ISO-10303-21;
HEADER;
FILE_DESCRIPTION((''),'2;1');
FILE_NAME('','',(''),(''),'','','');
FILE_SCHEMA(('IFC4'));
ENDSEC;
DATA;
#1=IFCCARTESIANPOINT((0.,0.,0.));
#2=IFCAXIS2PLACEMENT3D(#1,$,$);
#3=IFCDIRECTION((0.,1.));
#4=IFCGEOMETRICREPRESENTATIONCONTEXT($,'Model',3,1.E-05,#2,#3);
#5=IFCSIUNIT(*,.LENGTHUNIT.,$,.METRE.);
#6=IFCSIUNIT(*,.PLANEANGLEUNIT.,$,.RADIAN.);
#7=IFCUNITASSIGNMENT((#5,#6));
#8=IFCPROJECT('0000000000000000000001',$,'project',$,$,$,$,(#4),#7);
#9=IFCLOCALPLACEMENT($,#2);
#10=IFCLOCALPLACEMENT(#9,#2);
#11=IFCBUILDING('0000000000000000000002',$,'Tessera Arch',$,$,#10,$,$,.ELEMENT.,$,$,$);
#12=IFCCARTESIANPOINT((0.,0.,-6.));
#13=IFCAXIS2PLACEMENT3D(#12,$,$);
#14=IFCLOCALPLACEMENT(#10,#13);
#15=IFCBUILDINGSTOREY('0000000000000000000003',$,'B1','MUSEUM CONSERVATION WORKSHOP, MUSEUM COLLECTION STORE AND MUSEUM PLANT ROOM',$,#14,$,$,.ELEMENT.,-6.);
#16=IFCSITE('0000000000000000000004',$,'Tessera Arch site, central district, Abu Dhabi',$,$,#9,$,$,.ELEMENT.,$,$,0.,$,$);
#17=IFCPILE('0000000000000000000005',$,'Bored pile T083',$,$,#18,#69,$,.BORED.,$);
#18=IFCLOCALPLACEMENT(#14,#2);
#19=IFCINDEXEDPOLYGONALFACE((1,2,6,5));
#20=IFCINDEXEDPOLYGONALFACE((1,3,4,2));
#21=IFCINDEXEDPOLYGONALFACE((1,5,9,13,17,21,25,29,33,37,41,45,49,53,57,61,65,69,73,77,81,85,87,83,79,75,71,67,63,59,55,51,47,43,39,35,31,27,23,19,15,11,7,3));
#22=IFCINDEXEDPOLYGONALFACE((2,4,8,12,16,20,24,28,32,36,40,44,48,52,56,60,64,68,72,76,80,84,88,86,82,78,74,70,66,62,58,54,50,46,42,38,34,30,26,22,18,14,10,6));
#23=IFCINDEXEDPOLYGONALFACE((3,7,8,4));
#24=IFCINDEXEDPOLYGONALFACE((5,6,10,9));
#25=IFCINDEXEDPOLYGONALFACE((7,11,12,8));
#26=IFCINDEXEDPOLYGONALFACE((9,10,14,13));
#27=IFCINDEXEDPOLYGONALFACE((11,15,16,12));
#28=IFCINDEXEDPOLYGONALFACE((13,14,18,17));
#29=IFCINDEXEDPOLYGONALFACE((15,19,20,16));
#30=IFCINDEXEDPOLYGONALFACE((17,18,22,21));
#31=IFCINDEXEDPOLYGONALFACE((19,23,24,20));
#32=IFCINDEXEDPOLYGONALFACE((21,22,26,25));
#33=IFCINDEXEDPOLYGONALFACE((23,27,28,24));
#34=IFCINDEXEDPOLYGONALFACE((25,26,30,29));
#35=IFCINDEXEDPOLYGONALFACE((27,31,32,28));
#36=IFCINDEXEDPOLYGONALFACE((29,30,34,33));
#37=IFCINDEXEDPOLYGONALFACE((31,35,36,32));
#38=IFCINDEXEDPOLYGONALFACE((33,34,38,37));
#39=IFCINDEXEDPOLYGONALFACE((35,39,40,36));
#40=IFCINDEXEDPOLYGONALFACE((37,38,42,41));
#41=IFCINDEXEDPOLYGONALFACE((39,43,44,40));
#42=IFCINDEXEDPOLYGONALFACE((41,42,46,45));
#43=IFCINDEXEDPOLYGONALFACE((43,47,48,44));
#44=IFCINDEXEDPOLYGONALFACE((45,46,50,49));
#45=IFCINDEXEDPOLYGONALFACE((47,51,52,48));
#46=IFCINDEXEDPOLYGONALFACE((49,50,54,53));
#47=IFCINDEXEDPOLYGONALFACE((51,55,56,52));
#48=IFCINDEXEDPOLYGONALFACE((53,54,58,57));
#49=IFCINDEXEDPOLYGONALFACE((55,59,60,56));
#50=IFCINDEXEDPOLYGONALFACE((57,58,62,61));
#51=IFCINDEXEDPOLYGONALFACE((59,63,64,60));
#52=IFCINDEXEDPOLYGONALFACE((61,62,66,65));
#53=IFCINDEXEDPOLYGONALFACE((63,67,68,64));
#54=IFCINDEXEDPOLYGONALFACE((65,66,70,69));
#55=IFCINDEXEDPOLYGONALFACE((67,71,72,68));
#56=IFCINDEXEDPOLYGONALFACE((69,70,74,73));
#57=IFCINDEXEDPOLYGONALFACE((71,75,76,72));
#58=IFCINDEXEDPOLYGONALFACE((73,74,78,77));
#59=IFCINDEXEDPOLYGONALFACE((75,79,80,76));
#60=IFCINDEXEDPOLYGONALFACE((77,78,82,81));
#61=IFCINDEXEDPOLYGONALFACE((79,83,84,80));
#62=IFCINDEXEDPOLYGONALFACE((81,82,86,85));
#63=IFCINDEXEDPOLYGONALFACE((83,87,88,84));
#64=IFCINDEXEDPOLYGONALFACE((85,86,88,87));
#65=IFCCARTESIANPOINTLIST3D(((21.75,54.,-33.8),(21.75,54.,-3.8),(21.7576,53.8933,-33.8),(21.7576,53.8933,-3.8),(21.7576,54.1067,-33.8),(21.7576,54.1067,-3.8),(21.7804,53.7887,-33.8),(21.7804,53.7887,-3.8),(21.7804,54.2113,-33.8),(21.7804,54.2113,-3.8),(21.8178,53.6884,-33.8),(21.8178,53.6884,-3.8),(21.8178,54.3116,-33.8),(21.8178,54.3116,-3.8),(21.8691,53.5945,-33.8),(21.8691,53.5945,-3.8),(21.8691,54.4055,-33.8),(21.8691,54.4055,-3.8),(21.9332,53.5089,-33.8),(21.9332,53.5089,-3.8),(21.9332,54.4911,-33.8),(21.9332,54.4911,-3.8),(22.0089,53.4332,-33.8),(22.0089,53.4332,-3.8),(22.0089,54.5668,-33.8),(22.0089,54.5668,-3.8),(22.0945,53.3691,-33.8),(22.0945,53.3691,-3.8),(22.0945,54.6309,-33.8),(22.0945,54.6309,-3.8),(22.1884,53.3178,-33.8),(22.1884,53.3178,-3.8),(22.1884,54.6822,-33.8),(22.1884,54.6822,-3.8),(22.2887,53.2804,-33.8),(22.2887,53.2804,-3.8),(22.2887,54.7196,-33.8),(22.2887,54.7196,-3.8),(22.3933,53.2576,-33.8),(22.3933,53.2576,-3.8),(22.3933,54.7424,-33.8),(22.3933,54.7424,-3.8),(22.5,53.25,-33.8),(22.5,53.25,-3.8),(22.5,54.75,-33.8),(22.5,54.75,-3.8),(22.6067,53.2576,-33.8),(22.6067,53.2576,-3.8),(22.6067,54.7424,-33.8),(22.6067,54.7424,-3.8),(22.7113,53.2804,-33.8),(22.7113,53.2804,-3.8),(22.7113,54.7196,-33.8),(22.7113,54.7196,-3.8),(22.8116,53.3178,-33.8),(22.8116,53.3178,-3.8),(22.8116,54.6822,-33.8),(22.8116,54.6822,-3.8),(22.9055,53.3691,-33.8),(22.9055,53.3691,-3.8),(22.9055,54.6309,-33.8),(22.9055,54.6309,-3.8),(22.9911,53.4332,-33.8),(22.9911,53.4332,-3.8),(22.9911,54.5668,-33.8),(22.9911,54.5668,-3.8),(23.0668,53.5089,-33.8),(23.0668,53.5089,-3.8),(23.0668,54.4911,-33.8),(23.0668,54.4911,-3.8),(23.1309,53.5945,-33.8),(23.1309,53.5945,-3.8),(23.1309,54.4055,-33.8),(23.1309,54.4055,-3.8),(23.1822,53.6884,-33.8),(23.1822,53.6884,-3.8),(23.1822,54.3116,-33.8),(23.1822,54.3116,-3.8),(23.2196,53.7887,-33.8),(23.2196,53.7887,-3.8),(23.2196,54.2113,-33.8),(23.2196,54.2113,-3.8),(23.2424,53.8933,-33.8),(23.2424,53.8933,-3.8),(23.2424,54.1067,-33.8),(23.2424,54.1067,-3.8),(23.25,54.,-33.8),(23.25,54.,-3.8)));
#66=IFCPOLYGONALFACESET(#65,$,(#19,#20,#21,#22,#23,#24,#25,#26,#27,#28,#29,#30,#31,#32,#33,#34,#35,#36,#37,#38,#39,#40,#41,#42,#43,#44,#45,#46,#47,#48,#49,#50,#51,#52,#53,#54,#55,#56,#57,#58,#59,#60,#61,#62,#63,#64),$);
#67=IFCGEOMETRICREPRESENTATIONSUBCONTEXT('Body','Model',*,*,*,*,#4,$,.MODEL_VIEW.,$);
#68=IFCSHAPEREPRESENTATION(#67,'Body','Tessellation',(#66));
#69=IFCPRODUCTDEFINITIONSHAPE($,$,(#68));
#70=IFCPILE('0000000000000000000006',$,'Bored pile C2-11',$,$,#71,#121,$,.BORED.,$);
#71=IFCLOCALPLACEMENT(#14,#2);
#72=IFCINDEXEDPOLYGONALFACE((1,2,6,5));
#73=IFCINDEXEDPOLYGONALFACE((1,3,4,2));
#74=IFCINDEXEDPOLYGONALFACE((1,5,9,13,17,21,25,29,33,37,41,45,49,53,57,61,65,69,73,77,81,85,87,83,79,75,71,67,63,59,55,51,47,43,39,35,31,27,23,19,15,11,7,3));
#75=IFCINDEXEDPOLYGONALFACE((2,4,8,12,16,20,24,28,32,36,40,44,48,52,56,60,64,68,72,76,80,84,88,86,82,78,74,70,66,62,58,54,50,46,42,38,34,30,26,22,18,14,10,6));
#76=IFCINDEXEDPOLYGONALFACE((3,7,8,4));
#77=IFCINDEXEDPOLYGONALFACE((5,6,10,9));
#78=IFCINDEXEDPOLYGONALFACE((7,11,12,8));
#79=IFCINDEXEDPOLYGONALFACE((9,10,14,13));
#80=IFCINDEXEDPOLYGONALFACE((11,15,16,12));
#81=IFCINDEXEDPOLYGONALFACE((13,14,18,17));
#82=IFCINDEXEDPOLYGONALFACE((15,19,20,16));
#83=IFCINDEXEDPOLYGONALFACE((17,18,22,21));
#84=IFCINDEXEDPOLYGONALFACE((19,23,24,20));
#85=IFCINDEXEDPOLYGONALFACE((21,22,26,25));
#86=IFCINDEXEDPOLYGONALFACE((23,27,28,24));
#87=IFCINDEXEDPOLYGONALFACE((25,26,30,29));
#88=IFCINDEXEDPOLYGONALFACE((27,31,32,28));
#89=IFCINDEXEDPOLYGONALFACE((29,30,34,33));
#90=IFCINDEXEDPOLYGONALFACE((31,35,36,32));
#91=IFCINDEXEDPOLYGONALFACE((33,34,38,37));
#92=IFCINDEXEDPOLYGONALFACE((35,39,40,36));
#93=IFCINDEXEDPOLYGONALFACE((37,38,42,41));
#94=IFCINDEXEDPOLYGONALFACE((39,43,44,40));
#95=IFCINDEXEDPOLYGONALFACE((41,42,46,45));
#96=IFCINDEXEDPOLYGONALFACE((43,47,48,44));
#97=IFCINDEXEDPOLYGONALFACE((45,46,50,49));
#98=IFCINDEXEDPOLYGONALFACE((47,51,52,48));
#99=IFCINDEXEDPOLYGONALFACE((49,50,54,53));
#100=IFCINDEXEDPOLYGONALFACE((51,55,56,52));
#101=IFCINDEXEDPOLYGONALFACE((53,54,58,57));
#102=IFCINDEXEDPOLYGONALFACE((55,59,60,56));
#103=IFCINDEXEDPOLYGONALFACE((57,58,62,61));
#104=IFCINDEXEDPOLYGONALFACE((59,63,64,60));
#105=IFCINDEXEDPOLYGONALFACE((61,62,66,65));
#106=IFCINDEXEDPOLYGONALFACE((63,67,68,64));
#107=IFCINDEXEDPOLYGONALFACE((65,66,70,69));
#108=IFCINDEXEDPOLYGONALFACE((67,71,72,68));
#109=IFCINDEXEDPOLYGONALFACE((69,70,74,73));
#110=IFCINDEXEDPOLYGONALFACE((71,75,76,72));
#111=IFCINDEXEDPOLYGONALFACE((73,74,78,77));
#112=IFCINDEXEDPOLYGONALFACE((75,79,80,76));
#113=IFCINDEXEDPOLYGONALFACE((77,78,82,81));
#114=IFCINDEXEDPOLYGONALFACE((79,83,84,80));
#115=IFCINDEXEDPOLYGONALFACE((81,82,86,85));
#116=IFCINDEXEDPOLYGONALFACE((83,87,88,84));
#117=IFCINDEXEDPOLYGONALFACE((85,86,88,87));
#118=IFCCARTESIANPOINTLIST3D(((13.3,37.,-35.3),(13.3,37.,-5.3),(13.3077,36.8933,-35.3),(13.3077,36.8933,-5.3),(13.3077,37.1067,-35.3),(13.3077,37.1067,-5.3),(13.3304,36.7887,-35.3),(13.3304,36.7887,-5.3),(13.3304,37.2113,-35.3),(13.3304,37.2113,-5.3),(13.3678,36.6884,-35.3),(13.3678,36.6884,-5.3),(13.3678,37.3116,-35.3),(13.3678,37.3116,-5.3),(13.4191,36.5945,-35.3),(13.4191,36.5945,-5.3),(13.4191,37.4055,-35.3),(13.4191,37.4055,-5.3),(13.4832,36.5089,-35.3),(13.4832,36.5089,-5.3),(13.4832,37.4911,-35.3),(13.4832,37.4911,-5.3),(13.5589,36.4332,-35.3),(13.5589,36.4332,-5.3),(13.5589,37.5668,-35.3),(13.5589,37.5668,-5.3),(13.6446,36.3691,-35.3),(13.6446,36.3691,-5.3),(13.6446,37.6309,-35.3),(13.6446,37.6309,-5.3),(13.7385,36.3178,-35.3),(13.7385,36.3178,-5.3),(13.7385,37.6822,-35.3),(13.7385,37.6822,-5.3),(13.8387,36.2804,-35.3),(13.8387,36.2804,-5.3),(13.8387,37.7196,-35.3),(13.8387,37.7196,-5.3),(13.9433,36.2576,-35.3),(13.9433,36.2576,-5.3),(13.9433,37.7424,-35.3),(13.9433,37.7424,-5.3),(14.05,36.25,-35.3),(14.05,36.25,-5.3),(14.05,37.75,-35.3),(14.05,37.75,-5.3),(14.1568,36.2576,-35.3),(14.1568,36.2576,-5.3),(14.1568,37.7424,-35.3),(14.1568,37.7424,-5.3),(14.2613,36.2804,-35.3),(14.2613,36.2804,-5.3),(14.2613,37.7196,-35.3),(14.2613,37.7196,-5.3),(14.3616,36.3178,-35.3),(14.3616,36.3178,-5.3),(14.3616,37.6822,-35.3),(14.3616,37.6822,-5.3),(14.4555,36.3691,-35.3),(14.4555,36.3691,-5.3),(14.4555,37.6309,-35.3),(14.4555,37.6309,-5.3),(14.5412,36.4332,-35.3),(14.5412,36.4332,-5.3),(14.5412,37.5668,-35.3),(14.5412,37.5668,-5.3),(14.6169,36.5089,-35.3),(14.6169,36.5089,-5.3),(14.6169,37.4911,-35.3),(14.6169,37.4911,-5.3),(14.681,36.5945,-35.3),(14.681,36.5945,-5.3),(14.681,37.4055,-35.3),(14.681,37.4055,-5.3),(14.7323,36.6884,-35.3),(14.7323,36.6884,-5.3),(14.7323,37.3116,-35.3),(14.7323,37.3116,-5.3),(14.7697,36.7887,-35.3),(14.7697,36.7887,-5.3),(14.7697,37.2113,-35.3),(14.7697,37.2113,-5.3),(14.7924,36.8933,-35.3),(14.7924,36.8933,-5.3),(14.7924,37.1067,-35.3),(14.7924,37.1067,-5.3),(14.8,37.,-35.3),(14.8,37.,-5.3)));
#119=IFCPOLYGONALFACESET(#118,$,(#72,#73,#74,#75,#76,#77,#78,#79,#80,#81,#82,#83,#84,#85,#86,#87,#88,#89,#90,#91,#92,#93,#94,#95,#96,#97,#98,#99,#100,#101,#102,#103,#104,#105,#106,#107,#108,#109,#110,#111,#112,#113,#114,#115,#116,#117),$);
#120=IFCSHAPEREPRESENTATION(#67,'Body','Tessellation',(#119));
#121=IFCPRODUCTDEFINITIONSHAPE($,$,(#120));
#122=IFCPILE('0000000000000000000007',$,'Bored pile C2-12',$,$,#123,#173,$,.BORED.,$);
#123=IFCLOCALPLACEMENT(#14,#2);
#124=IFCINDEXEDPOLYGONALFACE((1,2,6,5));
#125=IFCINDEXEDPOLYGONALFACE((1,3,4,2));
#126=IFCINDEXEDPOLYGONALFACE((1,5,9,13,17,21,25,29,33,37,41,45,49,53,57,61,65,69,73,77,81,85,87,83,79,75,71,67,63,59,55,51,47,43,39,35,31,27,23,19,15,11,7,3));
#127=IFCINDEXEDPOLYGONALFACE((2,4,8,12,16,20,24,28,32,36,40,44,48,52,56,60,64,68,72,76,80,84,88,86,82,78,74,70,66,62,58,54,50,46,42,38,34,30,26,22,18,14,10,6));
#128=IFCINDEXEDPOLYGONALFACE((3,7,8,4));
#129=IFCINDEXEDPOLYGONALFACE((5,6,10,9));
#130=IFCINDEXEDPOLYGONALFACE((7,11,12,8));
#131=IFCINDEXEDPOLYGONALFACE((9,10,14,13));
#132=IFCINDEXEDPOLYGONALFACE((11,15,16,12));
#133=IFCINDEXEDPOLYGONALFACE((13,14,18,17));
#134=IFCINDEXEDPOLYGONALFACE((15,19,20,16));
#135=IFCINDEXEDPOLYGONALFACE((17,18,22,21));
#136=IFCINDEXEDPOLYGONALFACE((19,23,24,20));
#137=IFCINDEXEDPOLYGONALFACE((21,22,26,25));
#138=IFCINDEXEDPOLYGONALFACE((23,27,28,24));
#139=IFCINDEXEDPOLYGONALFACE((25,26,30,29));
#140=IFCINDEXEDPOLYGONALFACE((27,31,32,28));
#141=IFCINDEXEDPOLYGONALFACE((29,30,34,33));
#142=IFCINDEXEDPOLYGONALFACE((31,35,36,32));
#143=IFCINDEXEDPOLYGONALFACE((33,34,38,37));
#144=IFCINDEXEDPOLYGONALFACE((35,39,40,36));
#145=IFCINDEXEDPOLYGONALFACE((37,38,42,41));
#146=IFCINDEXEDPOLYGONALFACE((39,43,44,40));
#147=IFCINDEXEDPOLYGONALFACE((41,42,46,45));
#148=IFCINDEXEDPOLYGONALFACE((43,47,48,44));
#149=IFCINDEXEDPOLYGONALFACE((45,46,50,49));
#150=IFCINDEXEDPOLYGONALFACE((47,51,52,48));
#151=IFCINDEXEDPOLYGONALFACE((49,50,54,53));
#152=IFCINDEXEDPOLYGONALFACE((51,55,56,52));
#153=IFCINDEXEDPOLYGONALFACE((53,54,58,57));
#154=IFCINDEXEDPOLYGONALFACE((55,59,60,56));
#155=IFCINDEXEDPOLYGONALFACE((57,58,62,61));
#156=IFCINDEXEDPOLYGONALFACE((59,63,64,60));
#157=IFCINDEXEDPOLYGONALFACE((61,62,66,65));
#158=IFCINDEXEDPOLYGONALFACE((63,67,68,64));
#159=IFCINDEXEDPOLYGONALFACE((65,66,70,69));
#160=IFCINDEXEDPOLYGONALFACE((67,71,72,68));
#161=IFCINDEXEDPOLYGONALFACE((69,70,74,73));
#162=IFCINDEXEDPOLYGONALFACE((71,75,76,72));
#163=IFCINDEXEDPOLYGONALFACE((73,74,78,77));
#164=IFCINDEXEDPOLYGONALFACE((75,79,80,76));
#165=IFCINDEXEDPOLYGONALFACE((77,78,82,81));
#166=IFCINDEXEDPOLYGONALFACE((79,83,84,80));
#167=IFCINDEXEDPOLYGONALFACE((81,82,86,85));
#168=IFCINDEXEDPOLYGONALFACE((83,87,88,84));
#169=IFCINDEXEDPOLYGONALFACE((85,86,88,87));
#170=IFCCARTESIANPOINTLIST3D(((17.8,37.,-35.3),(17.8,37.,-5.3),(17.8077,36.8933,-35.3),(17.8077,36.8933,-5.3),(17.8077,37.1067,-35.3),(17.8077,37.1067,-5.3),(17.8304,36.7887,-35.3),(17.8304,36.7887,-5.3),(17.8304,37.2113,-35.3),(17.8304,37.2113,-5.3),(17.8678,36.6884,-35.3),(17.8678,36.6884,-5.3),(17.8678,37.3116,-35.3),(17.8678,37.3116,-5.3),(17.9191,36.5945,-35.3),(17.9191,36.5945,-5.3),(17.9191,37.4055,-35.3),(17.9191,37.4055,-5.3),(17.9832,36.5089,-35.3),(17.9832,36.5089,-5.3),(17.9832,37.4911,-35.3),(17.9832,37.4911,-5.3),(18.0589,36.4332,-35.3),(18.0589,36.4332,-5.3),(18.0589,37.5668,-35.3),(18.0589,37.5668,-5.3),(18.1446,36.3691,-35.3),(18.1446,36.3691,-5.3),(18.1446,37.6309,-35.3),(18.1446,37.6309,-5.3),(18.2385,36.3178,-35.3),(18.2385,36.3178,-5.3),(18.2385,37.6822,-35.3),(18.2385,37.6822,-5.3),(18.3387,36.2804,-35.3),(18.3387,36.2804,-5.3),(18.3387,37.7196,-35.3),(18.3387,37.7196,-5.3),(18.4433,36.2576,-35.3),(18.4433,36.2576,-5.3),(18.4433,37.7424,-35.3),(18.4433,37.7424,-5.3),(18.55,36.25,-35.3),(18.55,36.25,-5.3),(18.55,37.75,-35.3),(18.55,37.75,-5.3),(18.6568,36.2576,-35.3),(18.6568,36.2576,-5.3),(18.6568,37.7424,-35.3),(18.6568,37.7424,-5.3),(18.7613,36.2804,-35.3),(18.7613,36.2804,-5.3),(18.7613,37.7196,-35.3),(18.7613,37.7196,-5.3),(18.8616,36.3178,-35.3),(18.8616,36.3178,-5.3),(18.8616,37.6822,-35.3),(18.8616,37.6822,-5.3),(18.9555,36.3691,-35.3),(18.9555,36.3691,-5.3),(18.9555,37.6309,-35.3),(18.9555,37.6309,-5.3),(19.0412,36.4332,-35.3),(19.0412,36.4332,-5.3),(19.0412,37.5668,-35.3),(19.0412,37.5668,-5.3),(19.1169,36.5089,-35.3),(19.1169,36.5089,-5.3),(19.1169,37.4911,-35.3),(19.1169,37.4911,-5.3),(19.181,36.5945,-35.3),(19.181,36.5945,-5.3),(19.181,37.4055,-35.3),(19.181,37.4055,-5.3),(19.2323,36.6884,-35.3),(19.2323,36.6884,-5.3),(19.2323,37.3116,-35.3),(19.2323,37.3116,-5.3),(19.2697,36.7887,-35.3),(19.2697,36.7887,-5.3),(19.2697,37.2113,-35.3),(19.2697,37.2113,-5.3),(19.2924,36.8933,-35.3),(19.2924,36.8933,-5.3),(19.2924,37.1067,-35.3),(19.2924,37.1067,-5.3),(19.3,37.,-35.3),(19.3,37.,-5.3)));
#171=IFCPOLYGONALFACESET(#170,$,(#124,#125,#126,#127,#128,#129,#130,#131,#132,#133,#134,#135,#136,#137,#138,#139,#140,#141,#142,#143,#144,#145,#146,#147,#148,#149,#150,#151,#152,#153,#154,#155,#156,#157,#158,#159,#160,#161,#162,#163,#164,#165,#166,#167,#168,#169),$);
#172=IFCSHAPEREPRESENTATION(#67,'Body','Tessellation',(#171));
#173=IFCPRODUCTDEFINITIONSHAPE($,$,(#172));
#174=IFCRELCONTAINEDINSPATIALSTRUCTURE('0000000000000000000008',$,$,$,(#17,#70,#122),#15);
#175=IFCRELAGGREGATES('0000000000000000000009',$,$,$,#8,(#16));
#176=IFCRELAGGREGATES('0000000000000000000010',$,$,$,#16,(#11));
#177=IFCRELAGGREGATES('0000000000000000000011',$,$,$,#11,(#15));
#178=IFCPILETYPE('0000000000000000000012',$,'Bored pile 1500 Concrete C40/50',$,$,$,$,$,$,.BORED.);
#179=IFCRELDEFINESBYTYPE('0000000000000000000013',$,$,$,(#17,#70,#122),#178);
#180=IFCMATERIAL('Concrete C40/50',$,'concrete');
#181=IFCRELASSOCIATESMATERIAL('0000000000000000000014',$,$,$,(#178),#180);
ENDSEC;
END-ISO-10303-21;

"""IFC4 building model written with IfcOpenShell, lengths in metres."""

from ifc_helpers import new_model, si_unit, direction, frame, origin, origin_2d, place, context, subcontext, project, spatial, circle, extrude, material, type_object, element, save


model = new_model("IFC4")

# Units and contexts
model_context = context("Model", 3, precision=1e-05, world=origin(), true_north=direction((0.0, 1.0)))
body_context = subcontext(model_context, "Body", "Model", "MODEL_VIEW")
ifc_project = project(units=[si_unit("LENGTHUNIT", "METRE"), si_unit("PLANEANGLEUNIT", "RADIAN")], contexts=[model_context])

# Site, building, storey
site_placement = place(None, origin())
site = spatial("IfcSite", under=ifc_project, at=site_placement, Name="Tessera Arch site, central district, Abu Dhabi", CompositionType="ELEMENT", RefElevation=0.0)
building_placement = place(site_placement, origin())
building = spatial("IfcBuilding", under=site, at=building_placement, Name="Tessera Arch", CompositionType="ELEMENT")
storey_placement = place(building_placement, frame((0.0, 0.0, -6.0)))
storey = spatial("IfcBuildingStorey", under=building, at=storey_placement, Name="B1", Description="MUSEUM CONSERVATION WORKSHOP, MUSEUM COLLECTION STORE AND MUSEUM PLANT ROOM", CompositionType="ELEMENT", Elevation=-6.0)

# Piles
ifc_material_1 = material(Name="Concrete C40/50", Category="concrete")
pile_type = type_object("IfcPileType", Name="Bored pile 1500 Concrete C40/50", PredefinedType="BORED", material=ifc_material_1)
for number, where, z_axis, x_axis, name in (
    (1, (22.5, 54.0, -3.8), (0.0, 0.0, -1.0), (1.0, 0.0, 0.0), "Bored pile T083"),
    (2, (14.05, 37.0, -5.3), (0.0, 0.0, -1.0), (1.0, 0.0, 0.0), "Bored pile C2-11"),
    (3, (18.55, 37.0, -5.3), (0.0, 0.0, -1.0), (1.0, 0.0, 0.0), "Bored pile C2-12"),
):
    element("IfcPile", number, at=place(storey_placement, frame(where, z_axis=z_axis, x_axis=x_axis)), inside=storey, type_object=pile_type, Name=name, PredefinedType="BORED", context=body_context, shape_type="SweptSolid", body=[
        extrude(circle(Radius=0.75, at=origin_2d()), origin(), (0.0, 0.0, 1.0), 30.0),
    ])

save(model, "model.ifc")
